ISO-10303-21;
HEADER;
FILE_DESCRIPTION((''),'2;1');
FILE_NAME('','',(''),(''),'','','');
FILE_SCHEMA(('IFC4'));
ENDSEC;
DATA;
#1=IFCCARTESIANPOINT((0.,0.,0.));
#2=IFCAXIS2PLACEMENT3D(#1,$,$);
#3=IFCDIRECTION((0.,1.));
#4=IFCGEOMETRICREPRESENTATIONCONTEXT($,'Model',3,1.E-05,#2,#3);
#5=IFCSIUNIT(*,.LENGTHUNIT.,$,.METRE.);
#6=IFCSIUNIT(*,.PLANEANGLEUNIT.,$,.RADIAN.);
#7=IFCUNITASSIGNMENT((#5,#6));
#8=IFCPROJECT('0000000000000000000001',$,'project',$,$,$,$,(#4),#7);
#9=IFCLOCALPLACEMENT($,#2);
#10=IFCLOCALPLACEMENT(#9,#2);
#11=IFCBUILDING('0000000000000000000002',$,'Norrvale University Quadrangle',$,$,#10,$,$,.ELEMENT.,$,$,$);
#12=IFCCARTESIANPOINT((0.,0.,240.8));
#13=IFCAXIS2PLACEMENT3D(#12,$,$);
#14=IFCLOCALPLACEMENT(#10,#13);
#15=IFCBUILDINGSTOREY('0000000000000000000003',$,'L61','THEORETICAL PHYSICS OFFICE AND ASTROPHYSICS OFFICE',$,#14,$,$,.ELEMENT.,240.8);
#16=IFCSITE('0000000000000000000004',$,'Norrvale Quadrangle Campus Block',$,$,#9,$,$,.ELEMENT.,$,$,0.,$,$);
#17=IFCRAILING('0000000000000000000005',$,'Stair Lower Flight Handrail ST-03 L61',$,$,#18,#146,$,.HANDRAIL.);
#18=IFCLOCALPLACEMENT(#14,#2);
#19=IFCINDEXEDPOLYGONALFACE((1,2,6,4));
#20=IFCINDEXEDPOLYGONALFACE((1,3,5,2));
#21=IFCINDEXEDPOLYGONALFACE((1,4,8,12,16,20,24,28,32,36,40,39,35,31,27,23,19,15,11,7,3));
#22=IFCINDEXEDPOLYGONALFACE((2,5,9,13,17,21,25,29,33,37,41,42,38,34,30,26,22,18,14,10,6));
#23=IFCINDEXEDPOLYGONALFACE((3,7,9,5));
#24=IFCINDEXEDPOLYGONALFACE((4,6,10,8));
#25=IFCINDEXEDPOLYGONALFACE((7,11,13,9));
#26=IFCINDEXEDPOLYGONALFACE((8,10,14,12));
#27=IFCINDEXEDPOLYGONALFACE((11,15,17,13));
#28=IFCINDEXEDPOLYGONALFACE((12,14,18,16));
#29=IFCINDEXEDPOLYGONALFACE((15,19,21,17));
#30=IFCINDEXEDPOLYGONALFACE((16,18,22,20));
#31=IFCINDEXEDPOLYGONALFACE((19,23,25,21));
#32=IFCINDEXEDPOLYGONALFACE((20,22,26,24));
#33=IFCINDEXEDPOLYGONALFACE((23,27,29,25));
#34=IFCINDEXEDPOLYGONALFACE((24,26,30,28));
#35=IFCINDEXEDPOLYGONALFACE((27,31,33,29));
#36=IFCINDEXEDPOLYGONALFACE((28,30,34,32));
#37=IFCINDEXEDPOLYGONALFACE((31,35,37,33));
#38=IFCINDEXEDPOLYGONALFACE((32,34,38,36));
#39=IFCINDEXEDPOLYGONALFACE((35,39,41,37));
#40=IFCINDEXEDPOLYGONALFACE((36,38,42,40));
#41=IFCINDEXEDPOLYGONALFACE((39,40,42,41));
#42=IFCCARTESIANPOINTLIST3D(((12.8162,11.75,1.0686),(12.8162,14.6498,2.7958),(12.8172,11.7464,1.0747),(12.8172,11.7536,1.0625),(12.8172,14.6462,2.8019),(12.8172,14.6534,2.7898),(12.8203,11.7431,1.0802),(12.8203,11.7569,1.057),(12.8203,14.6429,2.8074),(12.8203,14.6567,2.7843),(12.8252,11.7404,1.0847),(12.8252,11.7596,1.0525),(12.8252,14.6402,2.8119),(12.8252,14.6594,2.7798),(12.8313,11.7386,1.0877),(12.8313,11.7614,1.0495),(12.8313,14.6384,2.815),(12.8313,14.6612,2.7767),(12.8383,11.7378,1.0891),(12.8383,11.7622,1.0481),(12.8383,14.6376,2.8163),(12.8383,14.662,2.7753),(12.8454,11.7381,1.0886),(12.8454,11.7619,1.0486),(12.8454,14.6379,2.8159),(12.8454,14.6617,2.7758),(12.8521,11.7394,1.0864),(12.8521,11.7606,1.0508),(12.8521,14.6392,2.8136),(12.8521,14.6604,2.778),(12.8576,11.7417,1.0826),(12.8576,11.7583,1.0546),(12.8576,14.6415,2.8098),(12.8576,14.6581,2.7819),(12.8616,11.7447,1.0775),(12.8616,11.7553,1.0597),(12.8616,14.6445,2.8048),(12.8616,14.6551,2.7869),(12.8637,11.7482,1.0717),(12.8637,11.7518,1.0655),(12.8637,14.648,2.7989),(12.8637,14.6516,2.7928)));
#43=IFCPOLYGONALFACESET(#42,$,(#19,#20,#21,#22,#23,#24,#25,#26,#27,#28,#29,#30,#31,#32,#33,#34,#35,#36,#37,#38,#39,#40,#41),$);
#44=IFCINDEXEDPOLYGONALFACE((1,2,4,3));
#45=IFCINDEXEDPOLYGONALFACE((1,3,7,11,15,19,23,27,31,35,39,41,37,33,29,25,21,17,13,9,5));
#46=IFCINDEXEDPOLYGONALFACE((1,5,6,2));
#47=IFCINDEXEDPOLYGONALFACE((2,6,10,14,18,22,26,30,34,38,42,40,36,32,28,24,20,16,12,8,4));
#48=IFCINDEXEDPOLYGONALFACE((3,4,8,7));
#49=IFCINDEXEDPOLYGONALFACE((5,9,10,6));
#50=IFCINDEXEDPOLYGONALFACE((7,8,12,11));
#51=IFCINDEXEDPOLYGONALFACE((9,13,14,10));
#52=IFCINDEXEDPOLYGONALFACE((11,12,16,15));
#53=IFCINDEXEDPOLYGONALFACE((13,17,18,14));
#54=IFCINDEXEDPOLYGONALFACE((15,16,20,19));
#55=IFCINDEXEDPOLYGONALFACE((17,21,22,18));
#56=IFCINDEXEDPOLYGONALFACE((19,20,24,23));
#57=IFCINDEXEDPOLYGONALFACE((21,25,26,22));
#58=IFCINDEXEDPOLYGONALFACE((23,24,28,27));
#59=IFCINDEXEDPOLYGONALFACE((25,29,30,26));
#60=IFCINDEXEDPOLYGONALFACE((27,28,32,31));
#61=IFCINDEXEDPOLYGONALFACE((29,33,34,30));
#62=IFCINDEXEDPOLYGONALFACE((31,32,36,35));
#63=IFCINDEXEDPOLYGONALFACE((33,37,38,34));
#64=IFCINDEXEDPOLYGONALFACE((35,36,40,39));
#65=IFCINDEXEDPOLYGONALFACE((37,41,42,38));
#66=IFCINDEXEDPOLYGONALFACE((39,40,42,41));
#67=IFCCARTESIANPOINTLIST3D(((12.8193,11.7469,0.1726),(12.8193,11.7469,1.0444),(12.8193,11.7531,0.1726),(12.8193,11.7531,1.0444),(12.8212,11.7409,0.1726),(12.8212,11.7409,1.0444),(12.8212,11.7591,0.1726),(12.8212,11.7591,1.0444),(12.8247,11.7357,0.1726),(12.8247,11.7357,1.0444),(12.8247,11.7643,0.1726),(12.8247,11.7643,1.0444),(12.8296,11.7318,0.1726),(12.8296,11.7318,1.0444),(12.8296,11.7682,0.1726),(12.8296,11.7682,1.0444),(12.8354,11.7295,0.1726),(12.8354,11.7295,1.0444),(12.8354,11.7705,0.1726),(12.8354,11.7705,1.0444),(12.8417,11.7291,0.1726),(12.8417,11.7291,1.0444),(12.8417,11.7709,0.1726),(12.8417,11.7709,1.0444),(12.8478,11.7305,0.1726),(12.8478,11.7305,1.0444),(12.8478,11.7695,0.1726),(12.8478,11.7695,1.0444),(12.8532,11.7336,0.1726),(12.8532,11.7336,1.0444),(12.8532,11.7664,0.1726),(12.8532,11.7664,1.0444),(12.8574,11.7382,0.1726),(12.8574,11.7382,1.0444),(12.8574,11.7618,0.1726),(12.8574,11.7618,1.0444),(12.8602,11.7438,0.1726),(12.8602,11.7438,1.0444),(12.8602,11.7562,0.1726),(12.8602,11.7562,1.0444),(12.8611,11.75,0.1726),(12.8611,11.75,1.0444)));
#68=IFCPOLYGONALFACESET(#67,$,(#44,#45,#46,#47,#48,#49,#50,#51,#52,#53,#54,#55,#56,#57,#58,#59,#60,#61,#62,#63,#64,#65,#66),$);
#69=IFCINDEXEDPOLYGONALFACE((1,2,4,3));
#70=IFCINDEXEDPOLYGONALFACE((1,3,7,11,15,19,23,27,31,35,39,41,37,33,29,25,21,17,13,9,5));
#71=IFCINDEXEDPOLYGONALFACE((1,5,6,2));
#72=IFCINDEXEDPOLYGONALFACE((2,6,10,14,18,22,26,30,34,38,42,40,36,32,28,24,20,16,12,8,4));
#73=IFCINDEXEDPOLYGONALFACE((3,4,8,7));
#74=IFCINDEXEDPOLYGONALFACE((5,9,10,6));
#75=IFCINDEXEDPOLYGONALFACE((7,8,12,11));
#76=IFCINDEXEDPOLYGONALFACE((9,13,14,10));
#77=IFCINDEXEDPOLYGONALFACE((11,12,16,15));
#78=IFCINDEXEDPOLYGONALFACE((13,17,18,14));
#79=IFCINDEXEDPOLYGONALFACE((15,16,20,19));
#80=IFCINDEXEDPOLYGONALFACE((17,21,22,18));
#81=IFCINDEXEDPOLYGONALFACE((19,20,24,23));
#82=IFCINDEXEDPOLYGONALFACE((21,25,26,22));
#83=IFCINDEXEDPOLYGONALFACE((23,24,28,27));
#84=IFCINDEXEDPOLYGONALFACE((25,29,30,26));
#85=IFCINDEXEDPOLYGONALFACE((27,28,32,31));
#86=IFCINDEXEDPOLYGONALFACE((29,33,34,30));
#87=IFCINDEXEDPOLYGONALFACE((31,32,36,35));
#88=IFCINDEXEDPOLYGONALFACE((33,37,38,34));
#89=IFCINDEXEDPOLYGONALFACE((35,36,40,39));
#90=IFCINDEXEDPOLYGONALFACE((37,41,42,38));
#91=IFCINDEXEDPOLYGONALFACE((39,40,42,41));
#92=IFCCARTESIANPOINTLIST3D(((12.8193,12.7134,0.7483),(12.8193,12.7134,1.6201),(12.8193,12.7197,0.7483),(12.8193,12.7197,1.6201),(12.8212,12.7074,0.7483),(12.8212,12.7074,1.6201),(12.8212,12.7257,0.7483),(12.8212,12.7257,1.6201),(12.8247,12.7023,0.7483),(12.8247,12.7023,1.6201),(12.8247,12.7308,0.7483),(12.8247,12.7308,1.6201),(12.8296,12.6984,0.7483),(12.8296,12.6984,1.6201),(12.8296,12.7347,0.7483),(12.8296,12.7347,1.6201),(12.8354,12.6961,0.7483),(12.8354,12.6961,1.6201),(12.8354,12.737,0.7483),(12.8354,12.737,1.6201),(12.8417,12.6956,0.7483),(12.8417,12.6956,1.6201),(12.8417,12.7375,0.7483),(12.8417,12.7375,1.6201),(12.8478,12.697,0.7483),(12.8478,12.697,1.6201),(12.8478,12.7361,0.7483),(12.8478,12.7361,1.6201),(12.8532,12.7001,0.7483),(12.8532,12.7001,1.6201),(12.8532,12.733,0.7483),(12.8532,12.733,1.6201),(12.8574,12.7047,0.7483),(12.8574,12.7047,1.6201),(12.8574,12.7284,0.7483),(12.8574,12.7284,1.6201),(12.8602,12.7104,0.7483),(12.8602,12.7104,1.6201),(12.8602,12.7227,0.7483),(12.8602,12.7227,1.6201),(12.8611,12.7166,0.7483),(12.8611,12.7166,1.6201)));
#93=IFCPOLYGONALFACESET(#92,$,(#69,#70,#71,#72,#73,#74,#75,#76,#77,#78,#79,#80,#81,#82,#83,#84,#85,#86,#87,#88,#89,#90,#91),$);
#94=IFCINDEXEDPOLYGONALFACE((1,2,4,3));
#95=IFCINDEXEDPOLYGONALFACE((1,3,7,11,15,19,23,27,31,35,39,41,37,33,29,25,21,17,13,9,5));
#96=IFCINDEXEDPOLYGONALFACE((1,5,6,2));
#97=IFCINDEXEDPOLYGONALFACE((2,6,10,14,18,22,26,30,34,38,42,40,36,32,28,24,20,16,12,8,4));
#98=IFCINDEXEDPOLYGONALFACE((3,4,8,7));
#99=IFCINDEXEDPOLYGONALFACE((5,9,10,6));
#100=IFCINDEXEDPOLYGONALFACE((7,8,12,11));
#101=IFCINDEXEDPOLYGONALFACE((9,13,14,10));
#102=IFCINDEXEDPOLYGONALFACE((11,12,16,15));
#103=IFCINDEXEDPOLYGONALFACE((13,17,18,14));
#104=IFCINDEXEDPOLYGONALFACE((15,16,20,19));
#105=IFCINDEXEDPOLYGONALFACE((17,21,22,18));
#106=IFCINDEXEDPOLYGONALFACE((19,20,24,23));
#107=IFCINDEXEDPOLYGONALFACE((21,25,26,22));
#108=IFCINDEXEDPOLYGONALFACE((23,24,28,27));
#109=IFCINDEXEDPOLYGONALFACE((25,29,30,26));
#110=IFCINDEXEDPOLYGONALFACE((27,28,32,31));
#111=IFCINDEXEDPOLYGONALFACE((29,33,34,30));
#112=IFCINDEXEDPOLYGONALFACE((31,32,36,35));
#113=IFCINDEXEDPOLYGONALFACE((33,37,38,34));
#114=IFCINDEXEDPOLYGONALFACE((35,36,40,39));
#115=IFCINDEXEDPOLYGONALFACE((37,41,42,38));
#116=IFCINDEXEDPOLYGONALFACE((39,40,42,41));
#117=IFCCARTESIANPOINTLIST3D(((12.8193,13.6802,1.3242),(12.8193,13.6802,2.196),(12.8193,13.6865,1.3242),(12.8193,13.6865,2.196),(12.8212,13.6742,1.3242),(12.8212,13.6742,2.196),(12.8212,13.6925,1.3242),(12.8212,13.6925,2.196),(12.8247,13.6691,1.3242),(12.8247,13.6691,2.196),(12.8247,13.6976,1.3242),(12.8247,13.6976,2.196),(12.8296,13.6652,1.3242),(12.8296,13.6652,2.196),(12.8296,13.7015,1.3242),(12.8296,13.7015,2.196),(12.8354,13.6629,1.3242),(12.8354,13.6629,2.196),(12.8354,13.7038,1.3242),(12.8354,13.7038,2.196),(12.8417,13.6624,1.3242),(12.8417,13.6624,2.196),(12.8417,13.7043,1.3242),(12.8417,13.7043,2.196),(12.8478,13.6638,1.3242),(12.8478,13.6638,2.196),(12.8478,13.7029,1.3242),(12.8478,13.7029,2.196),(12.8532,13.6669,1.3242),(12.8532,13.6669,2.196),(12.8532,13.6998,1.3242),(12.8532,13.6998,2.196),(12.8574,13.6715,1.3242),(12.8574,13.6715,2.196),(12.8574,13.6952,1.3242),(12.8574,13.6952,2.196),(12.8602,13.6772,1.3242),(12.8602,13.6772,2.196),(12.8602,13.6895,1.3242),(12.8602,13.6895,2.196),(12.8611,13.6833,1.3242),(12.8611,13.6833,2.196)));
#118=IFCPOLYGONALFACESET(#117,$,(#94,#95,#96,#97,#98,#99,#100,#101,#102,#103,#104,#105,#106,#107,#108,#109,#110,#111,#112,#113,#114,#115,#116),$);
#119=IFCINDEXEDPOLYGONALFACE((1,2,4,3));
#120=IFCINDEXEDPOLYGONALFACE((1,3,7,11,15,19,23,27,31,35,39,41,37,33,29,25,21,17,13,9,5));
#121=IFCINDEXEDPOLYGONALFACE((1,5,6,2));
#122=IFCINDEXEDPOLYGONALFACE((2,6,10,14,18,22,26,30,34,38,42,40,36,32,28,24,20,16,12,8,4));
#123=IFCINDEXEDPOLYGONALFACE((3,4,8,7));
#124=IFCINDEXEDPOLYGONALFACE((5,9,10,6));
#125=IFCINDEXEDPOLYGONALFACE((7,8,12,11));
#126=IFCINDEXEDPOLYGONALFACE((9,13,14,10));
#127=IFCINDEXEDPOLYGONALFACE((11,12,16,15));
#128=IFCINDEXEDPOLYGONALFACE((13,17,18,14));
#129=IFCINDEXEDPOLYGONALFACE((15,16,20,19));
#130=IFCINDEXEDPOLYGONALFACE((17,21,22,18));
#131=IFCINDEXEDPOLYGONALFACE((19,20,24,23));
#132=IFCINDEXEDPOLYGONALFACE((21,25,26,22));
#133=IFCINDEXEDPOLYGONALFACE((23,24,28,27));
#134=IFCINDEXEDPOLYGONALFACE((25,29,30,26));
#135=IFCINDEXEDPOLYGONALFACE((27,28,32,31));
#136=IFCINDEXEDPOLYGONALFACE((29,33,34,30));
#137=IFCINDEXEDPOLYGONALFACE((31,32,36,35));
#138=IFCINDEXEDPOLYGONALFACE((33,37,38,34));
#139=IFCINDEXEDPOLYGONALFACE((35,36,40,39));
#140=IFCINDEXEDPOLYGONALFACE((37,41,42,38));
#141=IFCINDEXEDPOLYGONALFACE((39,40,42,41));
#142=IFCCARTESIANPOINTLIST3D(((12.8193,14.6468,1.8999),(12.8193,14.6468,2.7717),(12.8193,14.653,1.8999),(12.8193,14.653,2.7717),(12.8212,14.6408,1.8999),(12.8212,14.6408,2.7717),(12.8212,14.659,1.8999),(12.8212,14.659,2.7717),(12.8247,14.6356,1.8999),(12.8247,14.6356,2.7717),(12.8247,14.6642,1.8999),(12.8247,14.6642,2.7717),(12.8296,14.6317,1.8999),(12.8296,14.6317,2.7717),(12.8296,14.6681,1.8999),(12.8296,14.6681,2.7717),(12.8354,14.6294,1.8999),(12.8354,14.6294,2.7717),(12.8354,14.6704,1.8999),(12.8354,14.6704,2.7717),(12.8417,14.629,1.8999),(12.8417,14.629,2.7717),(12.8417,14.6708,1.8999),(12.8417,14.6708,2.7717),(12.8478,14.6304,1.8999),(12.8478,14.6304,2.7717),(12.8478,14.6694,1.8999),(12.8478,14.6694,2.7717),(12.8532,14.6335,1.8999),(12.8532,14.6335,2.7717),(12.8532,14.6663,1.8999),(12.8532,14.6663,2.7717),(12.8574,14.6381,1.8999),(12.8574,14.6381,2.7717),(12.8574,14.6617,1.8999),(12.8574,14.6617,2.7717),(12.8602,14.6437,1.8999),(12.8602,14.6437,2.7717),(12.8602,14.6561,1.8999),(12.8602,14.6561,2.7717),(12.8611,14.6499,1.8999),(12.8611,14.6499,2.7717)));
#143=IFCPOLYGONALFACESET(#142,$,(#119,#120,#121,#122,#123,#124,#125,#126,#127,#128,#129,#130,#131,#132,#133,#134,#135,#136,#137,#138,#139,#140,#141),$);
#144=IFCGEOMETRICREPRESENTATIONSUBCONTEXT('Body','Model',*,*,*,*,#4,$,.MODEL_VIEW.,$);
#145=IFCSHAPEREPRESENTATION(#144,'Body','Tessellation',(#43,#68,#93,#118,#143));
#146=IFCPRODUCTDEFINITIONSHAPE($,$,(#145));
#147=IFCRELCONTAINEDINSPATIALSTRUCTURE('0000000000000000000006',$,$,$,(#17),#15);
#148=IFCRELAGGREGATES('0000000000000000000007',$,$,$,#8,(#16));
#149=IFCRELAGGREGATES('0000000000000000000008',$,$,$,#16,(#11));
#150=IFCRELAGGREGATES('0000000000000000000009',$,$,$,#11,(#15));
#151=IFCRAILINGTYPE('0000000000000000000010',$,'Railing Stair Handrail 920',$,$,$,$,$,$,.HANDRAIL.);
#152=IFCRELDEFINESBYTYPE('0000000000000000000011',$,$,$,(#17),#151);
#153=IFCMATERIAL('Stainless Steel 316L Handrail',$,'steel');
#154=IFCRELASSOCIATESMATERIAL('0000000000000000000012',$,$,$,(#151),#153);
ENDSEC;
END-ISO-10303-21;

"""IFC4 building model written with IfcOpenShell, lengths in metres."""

from ifc_helpers import new_model, si_unit, direction, frame, origin, origin_2d, place, context, subcontext, project, spatial, circle, extrude, material, type_object, element, save


model = new_model("IFC4")

# Units and contexts
model_context = context("Model", 3, precision=1e-05, world=origin(), true_north=direction((0.0, 1.0)))
body_context = subcontext(model_context, "Body", "Model", "MODEL_VIEW")
ifc_project = project(units=[si_unit("LENGTHUNIT", "METRE"), si_unit("PLANEANGLEUNIT", "RADIAN")], contexts=[model_context])

# Site, building, storey
site_placement = place(None, origin())
site = spatial("IfcSite", under=ifc_project, at=site_placement, Name="Norrvale Quadrangle Campus Block", CompositionType="ELEMENT", RefElevation=0.0)
building_placement = place(site_placement, origin())
building = spatial("IfcBuilding", under=site, at=building_placement, Name="Norrvale University Quadrangle", CompositionType="ELEMENT")
storey_placement = place(building_placement, frame((0.0, 0.0, 240.8)))
storey = spatial("IfcBuildingStorey", under=building, at=storey_placement, Name="L61", Description="THEORETICAL PHYSICS OFFICE AND ASTROPHYSICS OFFICE", CompositionType="ELEMENT", Elevation=240.8)

# Railing
ifc_material_1 = material(Name="Stainless Steel 316L Handrail", Category="steel")
railing_type_1 = type_object("IfcRailingType", Name="Railing Stair Handrail 920", PredefinedType="HANDRAIL", material=ifc_material_1)
railing_1_placement = place(storey_placement, frame((12.8401, 11.75, 0.1726)))
element("IfcRailing", 1, at=railing_1_placement, inside=storey, type_object=railing_type_1, Name="Stair Lower Flight Handrail ST-03 L61", PredefinedType="HANDRAIL", context=body_context, shape_type="SweptSolid", body=[
    extrude(circle(Radius=0.0239, at=origin_2d()), frame((0.0, 0.0, 0.896), z_axis=(0.0, 0.859141, 0.511738), x_axis=(-1.0, 0.0, 0.0)), (0.0, 0.0, 1.0), 3.3752),
    extrude(circle(Radius=0.021, at=origin_2d()), origin(), (0.0, 0.0, 1.0), 0.8718),
    extrude(circle(Radius=0.021, at=origin_2d()), frame((0.0, 0.9666, 0.5757)), (0.0, 0.0, 1.0), 0.8718),
    extrude(circle(Radius=0.021, at=origin_2d()), frame((0.0, 1.9333, 1.1516)), (0.0, 0.0, 1.0), 0.8718),
    extrude(circle(Radius=0.021, at=origin_2d()), frame((0.0, 2.8999, 1.7273)), (0.0, 0.0, 1.0), 0.8718),
])

save(model, "model.ifc")
